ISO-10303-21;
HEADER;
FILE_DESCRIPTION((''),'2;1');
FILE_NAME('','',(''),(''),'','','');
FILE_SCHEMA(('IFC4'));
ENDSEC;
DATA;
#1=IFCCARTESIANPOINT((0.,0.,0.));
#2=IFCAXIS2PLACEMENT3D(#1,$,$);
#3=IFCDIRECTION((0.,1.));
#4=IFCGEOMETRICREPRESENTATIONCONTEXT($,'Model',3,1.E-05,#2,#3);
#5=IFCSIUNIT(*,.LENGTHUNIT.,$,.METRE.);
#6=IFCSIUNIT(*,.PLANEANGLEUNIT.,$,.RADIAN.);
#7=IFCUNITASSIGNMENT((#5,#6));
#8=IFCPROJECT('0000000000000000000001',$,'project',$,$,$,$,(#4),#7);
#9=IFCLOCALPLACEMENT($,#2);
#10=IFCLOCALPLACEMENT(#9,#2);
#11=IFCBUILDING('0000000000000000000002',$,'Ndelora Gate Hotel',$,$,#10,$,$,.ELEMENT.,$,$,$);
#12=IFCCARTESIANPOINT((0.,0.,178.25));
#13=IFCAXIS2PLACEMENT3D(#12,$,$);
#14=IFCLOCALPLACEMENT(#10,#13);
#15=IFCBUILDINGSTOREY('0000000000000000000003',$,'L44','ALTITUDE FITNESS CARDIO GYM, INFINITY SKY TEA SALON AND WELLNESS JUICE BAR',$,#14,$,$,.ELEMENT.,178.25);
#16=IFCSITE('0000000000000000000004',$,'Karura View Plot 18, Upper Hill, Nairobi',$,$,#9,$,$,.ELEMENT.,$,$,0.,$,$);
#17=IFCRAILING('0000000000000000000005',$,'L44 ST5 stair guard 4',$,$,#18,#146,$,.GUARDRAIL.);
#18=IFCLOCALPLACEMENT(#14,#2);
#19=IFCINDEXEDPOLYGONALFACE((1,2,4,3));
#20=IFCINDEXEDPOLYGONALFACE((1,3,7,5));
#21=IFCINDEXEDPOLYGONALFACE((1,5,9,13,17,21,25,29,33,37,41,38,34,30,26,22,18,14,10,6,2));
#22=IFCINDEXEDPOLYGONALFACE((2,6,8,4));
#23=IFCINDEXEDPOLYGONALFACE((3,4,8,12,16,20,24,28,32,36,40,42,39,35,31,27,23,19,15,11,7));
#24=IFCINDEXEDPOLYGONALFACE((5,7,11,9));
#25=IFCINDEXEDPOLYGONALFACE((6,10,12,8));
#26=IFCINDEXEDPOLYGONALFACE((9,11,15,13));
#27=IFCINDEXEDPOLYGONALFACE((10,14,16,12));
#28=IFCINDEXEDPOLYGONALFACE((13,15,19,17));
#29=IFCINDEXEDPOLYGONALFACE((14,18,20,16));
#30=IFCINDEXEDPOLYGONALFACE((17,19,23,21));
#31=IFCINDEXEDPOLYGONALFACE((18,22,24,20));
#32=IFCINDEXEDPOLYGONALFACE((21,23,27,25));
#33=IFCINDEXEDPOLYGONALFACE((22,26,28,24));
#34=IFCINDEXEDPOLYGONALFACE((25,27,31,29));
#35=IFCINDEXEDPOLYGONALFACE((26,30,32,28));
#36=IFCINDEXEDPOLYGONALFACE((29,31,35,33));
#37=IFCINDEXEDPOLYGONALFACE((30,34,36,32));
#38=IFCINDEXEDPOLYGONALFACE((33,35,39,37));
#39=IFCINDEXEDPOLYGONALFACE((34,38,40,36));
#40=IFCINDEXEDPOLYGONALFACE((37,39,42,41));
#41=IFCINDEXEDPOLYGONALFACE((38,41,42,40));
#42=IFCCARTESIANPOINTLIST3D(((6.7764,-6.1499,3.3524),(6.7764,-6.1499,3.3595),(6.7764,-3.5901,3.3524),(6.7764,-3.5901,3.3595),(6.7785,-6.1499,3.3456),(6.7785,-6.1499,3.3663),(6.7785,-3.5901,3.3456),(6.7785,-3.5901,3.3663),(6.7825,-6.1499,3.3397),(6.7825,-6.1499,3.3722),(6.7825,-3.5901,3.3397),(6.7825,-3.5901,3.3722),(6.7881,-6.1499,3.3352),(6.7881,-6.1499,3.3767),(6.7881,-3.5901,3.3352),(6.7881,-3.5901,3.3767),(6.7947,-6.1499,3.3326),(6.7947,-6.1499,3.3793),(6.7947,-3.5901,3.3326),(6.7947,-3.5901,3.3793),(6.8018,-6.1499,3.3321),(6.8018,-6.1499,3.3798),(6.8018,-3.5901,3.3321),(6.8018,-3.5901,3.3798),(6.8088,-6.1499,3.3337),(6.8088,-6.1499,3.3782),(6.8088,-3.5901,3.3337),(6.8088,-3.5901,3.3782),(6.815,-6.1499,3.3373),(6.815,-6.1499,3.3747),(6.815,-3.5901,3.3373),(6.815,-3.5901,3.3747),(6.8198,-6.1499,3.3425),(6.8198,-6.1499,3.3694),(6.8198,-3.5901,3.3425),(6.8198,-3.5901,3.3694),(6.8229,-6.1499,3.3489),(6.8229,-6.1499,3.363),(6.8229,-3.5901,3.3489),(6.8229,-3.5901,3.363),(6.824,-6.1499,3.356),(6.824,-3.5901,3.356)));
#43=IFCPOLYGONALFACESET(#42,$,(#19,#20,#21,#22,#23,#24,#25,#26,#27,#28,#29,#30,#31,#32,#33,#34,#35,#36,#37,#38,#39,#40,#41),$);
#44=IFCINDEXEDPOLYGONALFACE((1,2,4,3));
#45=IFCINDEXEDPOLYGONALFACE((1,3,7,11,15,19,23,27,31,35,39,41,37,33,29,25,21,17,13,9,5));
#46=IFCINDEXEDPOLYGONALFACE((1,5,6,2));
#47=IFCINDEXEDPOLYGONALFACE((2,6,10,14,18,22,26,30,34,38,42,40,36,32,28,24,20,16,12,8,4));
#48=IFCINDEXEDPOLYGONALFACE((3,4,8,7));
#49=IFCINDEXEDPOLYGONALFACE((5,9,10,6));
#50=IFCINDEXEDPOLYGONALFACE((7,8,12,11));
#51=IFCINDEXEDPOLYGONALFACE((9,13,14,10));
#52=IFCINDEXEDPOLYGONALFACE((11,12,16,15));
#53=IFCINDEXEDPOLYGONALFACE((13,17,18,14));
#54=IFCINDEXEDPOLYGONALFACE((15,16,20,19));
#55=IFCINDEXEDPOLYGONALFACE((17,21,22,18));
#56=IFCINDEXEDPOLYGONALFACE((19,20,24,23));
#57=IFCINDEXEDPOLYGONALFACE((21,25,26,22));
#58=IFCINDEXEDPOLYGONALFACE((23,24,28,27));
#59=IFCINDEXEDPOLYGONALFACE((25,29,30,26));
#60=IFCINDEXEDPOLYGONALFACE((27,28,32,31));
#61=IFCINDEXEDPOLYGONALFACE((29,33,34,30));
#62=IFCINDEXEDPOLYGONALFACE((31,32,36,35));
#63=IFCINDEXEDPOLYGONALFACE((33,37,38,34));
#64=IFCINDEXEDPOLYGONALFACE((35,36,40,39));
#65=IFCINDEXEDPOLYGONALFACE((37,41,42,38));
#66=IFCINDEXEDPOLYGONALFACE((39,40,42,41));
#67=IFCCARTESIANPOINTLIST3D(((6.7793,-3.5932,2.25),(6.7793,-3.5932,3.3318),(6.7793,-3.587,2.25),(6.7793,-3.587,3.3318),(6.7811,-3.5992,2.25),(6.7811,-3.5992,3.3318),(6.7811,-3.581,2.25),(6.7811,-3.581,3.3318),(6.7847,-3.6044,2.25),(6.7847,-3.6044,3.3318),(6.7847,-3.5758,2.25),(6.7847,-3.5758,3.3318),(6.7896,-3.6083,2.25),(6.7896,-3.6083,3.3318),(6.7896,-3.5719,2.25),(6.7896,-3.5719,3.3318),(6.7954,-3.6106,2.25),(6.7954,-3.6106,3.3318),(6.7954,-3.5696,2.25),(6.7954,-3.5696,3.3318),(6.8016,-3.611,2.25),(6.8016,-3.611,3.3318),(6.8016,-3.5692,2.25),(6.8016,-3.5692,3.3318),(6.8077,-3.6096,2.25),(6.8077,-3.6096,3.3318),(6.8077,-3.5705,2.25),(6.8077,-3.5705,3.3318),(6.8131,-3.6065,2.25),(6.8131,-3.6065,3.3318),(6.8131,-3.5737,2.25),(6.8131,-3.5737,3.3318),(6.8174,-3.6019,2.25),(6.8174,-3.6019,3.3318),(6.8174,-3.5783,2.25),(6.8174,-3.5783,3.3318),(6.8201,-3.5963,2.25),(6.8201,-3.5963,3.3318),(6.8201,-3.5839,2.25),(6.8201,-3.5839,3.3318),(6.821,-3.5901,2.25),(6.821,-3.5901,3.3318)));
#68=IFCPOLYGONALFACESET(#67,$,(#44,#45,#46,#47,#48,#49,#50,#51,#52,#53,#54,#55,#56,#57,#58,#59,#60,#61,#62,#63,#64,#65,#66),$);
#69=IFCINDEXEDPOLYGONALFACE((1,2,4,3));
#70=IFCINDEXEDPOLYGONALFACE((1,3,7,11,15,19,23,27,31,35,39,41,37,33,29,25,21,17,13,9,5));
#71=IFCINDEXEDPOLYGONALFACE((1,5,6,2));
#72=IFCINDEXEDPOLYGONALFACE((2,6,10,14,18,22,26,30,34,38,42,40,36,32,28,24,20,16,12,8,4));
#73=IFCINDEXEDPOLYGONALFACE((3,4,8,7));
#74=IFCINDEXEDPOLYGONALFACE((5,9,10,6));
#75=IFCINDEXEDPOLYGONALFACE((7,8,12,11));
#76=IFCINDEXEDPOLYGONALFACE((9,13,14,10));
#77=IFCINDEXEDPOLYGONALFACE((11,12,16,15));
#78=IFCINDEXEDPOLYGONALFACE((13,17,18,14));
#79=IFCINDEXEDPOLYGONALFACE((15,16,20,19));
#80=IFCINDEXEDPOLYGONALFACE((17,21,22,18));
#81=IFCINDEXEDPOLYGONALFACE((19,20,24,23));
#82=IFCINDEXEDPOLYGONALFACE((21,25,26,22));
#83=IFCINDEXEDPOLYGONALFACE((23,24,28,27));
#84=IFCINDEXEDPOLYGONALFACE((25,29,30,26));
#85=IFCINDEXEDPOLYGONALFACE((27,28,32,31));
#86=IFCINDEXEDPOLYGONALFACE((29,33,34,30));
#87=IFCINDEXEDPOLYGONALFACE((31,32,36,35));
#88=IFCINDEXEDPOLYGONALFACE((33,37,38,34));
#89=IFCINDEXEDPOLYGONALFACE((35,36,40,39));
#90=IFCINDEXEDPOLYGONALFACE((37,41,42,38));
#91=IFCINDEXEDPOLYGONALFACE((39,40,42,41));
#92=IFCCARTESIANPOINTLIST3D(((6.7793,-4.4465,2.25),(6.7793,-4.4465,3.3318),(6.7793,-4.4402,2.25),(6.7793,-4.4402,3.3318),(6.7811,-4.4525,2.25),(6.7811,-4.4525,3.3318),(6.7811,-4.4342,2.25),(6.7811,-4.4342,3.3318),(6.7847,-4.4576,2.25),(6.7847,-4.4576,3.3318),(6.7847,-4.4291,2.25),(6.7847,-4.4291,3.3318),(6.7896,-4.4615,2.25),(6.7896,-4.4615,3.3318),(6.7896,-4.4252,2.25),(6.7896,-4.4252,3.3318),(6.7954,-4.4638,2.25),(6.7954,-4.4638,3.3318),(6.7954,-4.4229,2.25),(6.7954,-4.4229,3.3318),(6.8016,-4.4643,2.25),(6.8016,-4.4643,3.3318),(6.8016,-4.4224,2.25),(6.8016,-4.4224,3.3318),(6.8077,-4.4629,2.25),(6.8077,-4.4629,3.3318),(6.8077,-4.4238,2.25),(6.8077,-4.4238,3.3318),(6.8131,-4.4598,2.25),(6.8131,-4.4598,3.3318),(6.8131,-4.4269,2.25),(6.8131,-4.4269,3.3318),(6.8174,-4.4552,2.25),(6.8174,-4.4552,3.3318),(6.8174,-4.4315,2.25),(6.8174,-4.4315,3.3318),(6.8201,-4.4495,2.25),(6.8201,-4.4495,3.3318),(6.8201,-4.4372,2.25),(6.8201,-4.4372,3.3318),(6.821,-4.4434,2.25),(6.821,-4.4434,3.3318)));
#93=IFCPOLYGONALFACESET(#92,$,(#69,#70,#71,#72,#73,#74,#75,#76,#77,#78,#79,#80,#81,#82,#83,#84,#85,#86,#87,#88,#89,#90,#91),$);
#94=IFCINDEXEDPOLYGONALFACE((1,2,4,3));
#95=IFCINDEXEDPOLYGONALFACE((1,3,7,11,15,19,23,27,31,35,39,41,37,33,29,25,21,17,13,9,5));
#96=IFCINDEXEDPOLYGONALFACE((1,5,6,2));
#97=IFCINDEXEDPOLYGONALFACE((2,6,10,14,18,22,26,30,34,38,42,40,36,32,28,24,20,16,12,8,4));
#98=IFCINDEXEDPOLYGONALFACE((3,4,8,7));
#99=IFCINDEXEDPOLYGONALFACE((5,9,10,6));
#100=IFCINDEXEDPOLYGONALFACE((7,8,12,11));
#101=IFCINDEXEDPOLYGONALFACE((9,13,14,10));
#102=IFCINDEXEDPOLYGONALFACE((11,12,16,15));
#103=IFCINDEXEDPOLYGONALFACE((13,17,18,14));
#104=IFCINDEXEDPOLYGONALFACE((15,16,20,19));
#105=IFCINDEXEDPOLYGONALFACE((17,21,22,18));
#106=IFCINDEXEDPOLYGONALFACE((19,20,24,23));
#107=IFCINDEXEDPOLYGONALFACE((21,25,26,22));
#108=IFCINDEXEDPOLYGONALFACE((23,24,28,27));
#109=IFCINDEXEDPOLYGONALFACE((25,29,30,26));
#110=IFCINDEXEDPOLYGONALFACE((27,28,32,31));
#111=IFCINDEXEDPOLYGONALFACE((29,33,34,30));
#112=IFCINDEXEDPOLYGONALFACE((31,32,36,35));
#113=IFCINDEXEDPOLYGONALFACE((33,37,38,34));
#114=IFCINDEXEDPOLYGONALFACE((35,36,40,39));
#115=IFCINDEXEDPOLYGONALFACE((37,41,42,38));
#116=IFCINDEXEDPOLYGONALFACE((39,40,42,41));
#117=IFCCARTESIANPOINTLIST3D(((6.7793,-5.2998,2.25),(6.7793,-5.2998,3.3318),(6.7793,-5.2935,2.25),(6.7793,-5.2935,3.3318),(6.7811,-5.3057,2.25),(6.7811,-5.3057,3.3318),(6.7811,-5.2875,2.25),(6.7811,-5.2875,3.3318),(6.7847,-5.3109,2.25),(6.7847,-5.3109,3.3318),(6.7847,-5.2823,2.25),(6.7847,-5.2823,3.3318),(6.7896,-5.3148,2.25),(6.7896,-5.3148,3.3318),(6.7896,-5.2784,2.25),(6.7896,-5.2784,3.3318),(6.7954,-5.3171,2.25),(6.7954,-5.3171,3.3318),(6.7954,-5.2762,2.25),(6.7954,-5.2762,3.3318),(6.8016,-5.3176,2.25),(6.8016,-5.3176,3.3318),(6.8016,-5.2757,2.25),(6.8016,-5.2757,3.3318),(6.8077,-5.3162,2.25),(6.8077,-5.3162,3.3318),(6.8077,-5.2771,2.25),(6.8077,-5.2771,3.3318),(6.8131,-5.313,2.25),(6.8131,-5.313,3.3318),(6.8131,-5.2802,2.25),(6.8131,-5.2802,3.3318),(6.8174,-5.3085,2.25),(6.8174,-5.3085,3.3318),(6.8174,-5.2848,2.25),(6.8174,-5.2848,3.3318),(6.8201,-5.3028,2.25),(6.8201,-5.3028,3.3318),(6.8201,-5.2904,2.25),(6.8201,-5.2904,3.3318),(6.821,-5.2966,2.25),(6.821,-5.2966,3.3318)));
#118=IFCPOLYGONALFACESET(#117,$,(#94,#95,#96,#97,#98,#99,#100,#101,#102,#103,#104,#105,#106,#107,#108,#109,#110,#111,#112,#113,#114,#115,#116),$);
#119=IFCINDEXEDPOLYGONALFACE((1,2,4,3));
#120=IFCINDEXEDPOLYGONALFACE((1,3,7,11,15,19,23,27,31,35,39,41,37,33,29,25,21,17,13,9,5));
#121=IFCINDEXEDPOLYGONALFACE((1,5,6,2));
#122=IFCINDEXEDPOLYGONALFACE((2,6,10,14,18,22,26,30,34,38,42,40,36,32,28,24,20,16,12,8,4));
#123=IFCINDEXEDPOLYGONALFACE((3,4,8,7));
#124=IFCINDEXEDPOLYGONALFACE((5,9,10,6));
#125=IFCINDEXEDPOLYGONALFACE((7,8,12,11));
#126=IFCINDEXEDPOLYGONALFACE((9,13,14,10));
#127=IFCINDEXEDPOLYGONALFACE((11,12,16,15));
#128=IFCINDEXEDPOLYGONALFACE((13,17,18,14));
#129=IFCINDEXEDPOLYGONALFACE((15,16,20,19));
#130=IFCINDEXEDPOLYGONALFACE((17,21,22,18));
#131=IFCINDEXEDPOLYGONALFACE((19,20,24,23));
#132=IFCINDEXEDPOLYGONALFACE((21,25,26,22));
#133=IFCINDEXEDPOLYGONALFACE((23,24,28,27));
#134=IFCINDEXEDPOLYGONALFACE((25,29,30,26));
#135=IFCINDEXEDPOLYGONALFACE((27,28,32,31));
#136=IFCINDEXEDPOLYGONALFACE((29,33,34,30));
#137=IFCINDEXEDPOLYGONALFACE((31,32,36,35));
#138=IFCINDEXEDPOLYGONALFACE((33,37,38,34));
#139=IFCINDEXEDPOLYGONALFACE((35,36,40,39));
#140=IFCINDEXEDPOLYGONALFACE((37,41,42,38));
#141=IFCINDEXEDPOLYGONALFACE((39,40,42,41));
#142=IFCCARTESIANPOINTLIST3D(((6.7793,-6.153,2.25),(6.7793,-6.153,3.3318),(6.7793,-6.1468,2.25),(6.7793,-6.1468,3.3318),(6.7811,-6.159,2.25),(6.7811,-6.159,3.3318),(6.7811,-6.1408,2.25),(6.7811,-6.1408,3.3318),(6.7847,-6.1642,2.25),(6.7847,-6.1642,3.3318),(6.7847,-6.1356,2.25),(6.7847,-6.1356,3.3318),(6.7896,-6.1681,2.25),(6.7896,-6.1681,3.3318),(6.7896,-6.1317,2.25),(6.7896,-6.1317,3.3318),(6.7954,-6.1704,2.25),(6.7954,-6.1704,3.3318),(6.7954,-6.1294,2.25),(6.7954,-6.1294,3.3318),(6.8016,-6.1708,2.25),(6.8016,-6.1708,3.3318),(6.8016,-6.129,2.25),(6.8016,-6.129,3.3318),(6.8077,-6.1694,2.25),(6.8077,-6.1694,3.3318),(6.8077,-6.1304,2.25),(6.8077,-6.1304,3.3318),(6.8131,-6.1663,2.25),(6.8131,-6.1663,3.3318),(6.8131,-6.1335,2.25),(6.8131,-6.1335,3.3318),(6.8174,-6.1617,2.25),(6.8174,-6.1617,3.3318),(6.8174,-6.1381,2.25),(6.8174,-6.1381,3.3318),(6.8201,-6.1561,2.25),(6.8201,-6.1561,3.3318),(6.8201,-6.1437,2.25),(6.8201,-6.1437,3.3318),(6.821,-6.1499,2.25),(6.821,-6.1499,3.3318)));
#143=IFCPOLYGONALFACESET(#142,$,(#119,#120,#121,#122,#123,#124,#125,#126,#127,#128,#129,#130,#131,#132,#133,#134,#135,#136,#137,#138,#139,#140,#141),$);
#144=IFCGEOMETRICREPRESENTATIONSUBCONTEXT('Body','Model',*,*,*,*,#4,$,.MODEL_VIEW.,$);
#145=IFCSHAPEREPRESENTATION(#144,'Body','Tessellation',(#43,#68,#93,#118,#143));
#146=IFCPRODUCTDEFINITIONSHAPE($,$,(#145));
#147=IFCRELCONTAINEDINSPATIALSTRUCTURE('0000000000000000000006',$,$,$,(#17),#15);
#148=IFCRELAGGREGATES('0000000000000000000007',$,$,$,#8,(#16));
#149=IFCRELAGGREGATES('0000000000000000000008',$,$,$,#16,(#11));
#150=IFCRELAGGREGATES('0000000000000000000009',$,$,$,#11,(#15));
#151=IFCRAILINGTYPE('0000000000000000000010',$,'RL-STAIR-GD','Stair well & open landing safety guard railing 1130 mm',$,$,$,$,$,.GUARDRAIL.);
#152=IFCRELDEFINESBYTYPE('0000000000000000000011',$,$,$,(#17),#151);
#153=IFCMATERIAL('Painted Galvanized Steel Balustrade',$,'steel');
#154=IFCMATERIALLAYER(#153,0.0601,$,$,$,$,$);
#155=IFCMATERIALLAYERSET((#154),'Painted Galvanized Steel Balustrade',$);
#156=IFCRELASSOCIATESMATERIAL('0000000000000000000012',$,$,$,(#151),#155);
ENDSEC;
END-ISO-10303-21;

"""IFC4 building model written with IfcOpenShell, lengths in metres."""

from ifc_helpers import new_model, si_unit, direction, frame, origin, origin_2d, place, context, subcontext, project, spatial, circle, extrude, material, layer, layer_set, type_object, element, save


model = new_model("IFC4")

# Units and contexts
model_context = context("Model", 3, precision=1e-05, world=origin(), true_north=direction((0.0, 1.0)))
body_context = subcontext(model_context, "Body", "Model", "MODEL_VIEW")
ifc_project = project(units=[si_unit("LENGTHUNIT", "METRE"), si_unit("PLANEANGLEUNIT", "RADIAN")], contexts=[model_context])

# Site, building, storey
site_placement = place(None, origin())
site = spatial("IfcSite", under=ifc_project, at=site_placement, Name="Karura View Plot 18, Upper Hill, Nairobi", CompositionType="ELEMENT", RefElevation=0.0)
building_placement = place(site_placement, origin())
building = spatial("IfcBuilding", under=site, at=building_placement, Name="Ndelora Gate Hotel", CompositionType="ELEMENT")
storey_placement = place(building_placement, frame((0.0, 0.0, 178.25)))
storey = spatial("IfcBuildingStorey", under=building, at=storey_placement, Name="L44", Description="ALTITUDE FITNESS CARDIO GYM, INFINITY SKY TEA SALON AND WELLNESS JUICE BAR", CompositionType="ELEMENT", Elevation=178.25)

# Railing
ifc_material_1 = material(Name="Painted Galvanized Steel Balustrade", Category="steel")
ifc_layer_1 = layer(ifc_material_1, 0.0601)
ifc_layer_set_1 = layer_set([ifc_layer_1], Name="Painted Galvanized Steel Balustrade")
railing_type_1 = type_object("IfcRailingType", Name="RL-STAIR-GD", Description="Stair well & open landing safety guard railing 1130 mm", PredefinedType="GUARDRAIL", material=ifc_layer_set_1)
for number, where, name in (
    (1, (6.8, -3.5901, 2.25), "L44 ST5 stair guard 4"),
):
    element("IfcRailing", number, at=place(storey_placement, frame(where)), inside=storey, type_object=railing_type_1, Name=name, PredefinedType="GUARDRAIL", context=body_context, shape_type="SweptSolid", body=[
        extrude(circle(Radius=0.0239, at=origin_2d()), frame((0.0, 0.0, 1.106), z_axis=(0.0, -1.0, 0.0), x_axis=(1.0, 0.0, 0.0)), (0.0, 0.0, 1.0), 2.5598),
        extrude(circle(Radius=0.021, at=origin_2d()), origin(), (0.0, 0.0, 1.0), 1.0818),
        extrude(circle(Radius=0.021, at=origin_2d()), frame((0.0, -0.8533, 0.0)), (0.0, 0.0, 1.0), 1.0818),
        extrude(circle(Radius=0.021, at=origin_2d()), frame((0.0, -1.7065, 0.0)), (0.0, 0.0, 1.0), 1.0818),
        extrude(circle(Radius=0.021, at=origin_2d()), frame((0.0, -2.5598, 0.0)), (0.0, 0.0, 1.0), 1.0818),
    ])

save(model, "model.ifc")
